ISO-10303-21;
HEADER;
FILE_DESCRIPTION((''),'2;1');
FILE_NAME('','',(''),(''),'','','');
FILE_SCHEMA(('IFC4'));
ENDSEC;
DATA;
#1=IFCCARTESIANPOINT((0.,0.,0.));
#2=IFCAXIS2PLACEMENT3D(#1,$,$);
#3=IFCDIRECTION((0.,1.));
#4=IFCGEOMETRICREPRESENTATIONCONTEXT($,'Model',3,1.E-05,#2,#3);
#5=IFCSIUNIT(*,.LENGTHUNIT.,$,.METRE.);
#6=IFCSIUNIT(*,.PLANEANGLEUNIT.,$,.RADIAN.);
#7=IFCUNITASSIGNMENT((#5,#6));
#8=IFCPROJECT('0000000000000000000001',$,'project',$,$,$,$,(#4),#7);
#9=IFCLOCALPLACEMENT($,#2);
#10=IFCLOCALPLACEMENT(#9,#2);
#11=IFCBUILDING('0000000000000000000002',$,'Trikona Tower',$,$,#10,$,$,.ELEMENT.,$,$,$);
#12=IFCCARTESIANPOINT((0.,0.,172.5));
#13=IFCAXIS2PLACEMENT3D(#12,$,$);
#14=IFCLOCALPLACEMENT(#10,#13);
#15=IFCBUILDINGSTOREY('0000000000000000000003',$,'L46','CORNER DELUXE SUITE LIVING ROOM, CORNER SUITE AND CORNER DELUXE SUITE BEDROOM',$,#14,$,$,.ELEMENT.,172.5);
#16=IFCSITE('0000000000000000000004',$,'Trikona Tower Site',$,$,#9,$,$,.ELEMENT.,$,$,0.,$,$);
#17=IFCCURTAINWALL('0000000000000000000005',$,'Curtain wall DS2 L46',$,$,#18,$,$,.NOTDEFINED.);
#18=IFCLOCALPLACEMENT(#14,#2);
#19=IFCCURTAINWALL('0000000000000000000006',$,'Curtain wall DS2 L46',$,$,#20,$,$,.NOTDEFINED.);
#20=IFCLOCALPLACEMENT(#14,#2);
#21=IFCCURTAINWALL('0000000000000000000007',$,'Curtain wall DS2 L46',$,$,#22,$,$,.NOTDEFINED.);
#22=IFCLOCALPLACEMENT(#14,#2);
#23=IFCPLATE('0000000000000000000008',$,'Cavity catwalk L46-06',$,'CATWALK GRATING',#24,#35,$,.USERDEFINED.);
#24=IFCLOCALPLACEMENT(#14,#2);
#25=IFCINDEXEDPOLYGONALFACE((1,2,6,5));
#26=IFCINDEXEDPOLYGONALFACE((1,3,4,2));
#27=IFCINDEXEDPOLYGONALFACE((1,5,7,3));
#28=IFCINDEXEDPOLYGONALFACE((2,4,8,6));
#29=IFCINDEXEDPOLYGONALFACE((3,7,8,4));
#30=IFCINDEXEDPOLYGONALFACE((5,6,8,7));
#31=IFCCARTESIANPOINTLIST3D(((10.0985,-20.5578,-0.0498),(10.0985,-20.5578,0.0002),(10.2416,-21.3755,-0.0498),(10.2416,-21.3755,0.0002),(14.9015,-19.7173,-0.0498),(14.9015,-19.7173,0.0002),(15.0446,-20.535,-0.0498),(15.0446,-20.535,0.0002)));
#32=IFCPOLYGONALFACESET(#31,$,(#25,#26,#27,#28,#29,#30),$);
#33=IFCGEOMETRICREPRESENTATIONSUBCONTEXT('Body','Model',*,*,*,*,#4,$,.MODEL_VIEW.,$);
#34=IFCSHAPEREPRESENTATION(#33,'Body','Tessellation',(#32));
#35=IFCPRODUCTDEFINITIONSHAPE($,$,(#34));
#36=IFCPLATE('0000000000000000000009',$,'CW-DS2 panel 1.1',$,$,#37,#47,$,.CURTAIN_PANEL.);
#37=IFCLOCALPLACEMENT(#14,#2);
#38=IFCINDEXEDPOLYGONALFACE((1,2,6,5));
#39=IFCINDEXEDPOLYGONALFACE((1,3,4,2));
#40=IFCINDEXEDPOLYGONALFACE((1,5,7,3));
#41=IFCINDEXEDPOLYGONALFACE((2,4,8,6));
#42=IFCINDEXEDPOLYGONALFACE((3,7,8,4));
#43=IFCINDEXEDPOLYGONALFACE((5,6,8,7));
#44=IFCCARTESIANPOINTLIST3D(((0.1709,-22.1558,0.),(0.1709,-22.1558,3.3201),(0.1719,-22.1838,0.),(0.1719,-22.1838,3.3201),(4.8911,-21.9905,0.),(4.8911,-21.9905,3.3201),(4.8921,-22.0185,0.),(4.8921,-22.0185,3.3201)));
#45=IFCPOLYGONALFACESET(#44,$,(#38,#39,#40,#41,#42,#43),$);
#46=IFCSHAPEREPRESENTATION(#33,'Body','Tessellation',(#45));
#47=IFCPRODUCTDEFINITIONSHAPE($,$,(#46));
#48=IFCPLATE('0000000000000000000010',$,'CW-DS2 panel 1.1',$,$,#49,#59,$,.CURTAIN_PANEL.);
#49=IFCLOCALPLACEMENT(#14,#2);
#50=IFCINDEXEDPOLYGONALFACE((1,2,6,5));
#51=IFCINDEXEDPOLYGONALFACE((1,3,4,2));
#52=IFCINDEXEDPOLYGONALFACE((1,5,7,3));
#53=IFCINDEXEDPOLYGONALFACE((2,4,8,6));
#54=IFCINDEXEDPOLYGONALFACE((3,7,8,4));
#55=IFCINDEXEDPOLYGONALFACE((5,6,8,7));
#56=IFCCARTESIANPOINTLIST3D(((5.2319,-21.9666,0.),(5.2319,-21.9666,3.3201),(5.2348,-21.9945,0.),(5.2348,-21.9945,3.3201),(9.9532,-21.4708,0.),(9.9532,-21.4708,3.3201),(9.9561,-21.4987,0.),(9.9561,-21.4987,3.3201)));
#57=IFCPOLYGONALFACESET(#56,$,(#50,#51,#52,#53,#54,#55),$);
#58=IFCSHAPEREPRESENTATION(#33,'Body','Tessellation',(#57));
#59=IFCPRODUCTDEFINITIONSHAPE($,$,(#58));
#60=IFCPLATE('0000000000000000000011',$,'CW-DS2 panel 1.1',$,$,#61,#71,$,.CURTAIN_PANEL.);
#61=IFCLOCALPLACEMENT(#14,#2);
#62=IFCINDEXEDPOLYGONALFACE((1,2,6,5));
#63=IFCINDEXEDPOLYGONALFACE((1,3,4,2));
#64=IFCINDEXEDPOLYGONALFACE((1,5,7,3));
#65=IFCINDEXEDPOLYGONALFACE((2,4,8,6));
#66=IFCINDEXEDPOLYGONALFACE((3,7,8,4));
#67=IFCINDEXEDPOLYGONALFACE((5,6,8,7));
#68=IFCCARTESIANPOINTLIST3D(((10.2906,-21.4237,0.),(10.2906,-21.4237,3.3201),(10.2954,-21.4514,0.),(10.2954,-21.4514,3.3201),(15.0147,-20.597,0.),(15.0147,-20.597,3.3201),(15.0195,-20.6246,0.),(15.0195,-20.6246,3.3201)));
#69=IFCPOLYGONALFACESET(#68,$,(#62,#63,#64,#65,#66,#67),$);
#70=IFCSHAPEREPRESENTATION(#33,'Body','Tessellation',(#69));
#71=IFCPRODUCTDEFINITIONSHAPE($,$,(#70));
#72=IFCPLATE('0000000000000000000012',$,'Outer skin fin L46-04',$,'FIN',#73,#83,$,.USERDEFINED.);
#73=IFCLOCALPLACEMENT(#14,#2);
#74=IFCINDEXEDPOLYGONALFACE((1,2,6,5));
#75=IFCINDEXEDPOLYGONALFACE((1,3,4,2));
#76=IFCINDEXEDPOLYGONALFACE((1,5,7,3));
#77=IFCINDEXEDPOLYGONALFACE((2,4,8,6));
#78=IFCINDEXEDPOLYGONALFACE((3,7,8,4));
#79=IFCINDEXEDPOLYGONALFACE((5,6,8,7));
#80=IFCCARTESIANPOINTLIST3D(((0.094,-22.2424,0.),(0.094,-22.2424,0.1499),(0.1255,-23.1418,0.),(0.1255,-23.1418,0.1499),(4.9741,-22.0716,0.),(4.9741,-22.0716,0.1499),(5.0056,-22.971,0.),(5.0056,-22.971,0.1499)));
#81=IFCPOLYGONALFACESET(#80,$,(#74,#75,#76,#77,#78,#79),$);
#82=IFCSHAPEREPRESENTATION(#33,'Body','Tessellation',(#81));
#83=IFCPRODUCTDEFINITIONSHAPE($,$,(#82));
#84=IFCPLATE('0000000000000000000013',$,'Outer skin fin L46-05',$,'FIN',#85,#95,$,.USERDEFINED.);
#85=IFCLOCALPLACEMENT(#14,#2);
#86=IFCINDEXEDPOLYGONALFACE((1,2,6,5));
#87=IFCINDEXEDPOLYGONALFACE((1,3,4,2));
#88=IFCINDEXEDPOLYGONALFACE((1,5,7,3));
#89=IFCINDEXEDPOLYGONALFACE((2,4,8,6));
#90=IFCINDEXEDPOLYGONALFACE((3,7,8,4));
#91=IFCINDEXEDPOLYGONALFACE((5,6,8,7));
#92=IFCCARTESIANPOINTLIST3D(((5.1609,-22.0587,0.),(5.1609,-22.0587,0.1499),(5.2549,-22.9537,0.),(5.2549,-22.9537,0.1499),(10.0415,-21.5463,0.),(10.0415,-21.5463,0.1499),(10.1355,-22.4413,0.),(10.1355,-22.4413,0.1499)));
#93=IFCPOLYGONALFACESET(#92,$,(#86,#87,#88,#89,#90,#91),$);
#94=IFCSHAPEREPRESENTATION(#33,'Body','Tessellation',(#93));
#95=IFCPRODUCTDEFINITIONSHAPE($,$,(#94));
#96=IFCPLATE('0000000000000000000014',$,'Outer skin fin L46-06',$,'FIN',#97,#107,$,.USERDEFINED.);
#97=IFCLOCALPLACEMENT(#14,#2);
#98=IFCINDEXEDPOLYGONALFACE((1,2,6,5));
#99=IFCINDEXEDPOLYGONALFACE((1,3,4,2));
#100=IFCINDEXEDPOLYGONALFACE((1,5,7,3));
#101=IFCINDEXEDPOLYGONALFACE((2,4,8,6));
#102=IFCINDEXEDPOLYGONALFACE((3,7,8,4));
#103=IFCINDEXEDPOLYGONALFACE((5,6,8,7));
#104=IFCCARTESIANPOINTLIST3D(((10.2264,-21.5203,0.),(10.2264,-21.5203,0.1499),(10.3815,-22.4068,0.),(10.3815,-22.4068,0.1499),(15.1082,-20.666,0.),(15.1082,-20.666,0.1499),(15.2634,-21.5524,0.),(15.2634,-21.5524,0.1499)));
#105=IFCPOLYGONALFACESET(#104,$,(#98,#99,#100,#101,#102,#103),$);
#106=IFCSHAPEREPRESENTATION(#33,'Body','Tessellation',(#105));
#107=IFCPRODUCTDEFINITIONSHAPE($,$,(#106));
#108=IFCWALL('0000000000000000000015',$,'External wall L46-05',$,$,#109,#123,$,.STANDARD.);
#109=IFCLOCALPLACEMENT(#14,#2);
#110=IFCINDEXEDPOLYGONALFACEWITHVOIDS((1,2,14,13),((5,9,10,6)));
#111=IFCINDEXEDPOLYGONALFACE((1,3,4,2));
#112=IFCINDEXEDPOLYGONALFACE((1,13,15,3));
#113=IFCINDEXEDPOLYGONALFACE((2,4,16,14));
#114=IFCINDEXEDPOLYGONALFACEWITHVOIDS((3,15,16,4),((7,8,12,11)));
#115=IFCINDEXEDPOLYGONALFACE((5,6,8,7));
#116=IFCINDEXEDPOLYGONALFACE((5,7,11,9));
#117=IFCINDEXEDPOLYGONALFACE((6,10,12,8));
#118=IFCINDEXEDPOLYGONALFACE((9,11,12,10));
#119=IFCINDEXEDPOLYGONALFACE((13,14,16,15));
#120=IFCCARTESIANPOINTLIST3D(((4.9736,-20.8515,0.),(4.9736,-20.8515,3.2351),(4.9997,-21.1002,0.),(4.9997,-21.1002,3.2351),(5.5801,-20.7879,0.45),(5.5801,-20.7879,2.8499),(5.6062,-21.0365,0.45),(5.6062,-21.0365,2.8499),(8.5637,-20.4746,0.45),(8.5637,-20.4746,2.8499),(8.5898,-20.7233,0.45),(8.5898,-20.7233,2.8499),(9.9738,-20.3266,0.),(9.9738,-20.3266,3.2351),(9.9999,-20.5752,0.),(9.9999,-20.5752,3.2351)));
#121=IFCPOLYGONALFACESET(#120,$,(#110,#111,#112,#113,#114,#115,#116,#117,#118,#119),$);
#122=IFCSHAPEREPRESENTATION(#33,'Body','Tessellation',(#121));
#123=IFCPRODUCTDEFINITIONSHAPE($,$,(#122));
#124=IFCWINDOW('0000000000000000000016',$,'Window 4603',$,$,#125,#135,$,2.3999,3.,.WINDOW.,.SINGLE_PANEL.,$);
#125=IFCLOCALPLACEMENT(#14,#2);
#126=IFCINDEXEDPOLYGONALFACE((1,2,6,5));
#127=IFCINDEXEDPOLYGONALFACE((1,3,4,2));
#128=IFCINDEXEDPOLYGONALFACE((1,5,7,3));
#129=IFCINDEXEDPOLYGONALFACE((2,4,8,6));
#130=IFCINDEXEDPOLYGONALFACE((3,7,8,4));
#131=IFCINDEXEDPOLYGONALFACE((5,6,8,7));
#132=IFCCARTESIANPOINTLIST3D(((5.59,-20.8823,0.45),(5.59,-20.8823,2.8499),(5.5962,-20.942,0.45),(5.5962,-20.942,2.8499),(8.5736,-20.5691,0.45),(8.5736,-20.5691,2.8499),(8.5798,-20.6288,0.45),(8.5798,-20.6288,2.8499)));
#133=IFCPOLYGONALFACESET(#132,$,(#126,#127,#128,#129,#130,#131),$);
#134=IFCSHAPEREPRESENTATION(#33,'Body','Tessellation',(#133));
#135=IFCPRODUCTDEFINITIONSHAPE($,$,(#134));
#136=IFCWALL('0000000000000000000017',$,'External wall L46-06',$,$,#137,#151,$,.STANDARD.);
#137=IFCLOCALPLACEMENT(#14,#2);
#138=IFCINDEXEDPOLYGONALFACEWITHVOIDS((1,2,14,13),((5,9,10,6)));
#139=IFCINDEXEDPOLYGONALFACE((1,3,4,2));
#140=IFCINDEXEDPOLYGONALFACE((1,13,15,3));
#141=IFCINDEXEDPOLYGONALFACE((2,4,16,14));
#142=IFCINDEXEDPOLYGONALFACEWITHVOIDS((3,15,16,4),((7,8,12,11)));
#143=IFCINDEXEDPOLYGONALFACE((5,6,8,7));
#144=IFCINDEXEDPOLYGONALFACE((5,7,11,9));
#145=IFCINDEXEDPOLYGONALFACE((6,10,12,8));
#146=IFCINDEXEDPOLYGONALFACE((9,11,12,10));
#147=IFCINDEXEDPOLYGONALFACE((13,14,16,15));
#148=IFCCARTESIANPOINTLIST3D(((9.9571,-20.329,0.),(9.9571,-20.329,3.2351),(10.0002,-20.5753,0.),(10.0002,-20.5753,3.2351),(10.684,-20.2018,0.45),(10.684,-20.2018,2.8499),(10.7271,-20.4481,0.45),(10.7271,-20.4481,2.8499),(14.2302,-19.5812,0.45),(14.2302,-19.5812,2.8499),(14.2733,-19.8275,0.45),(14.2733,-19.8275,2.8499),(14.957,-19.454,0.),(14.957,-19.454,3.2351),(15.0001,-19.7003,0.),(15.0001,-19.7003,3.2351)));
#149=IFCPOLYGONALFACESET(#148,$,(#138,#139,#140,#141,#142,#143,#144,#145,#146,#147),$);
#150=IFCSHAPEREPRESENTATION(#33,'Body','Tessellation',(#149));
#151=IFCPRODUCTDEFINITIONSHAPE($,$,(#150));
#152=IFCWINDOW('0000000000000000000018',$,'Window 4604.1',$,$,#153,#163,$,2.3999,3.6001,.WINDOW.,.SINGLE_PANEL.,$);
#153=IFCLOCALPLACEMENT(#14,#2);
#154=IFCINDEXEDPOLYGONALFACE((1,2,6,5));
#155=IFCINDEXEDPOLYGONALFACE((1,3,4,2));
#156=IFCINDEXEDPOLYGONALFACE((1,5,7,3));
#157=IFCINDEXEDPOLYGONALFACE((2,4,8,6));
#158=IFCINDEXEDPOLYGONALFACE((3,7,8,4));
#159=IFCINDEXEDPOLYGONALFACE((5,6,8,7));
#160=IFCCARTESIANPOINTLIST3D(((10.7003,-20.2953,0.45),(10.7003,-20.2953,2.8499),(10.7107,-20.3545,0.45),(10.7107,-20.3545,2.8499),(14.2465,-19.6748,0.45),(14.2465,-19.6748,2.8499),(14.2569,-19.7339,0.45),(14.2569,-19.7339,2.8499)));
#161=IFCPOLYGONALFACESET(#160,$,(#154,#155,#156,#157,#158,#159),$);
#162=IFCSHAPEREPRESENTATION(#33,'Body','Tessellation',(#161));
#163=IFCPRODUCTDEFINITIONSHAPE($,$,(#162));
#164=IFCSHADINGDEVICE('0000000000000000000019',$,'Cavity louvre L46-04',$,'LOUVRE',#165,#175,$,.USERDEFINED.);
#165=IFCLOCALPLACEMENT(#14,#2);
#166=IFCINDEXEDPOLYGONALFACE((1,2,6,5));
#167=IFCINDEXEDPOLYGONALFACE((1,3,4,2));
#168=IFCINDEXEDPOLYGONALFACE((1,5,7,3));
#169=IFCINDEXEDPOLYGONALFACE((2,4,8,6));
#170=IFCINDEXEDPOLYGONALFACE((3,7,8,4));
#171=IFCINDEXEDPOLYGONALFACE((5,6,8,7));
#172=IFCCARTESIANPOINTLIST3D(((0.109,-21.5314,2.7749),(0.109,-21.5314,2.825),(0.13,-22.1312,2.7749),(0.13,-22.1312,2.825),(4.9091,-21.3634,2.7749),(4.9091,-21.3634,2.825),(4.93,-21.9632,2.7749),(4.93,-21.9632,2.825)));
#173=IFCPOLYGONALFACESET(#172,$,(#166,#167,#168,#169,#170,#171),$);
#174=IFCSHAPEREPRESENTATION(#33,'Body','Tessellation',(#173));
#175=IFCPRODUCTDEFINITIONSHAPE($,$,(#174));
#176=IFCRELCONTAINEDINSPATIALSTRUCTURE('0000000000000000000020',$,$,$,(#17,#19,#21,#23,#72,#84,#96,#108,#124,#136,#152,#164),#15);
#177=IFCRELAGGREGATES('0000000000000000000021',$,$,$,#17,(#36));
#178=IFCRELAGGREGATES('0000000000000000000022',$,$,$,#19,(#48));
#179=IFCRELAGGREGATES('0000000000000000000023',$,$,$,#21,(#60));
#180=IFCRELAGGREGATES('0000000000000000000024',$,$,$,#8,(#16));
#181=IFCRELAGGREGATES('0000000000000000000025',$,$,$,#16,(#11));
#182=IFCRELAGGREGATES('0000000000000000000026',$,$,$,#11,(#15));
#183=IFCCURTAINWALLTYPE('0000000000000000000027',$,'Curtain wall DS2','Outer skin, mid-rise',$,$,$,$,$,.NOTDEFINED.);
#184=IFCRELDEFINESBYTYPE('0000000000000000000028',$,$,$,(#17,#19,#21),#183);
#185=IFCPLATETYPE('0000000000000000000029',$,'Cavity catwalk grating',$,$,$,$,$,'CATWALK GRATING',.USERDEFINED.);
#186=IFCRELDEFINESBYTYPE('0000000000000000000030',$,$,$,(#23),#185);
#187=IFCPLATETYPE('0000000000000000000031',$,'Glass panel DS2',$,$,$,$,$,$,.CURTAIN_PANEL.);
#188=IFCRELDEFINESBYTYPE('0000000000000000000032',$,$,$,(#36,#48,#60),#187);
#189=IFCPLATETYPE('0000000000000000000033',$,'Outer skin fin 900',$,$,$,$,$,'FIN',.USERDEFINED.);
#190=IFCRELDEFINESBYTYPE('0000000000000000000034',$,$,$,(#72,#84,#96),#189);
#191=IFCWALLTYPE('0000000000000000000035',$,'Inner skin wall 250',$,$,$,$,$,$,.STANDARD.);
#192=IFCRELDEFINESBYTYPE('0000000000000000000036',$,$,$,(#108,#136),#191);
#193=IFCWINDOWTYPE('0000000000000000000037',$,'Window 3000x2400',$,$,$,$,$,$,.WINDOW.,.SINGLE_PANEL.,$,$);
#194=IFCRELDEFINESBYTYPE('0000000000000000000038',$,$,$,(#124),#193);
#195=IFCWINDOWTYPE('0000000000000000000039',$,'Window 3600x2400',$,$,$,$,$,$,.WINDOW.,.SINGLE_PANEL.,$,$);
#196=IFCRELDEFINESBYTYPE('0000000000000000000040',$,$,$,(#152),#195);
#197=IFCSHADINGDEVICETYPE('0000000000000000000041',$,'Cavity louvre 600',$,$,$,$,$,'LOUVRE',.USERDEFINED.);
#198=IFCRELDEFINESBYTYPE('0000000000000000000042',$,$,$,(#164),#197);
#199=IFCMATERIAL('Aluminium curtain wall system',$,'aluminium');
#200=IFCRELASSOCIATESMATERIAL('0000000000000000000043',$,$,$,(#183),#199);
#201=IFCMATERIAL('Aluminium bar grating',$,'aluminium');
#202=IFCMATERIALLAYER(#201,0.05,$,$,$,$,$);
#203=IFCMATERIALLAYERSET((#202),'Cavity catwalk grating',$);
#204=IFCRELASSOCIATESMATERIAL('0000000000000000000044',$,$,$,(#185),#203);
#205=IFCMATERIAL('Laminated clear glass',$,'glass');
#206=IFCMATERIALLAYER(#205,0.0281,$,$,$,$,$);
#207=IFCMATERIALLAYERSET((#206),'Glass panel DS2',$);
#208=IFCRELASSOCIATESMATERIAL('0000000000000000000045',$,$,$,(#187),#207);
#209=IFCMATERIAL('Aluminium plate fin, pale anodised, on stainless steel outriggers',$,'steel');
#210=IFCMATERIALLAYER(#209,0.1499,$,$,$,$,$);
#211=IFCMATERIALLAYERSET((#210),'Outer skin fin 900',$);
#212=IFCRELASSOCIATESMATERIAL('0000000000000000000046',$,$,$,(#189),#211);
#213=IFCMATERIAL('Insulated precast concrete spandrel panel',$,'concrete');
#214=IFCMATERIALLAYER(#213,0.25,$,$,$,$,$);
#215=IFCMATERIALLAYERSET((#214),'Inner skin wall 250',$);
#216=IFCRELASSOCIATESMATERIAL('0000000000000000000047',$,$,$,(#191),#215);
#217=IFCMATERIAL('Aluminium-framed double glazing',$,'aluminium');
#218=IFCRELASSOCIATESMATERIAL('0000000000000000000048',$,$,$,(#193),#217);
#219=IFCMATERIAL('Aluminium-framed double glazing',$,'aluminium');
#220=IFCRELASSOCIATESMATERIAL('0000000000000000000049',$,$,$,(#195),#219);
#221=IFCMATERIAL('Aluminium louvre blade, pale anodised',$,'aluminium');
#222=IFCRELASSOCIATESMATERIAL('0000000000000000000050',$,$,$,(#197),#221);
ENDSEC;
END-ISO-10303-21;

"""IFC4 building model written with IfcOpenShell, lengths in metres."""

from ifc_helpers import new_model, si_unit, direction, frame, frame_2d, origin, origin_2d, place, context, subcontext, project, spatial, rectangle, extrude, material, layer, layer_set, type_object, element, fill, aggregate, save


model = new_model("IFC4")

# Units and contexts
model_context = context("Model", 3, precision=1e-05, world=origin(), true_north=direction((0.0, 1.0)))
body_context = subcontext(model_context, "Body", "Model", "MODEL_VIEW")
ifc_project = project(units=[si_unit("LENGTHUNIT", "METRE"), si_unit("PLANEANGLEUNIT", "RADIAN")], contexts=[model_context])

# Site, building, storey
site_placement = place(None, origin())
site = spatial("IfcSite", under=ifc_project, at=site_placement, Name="Trikona Tower Site", CompositionType="ELEMENT", RefElevation=0.0)
building_placement = place(site_placement, origin())
building = spatial("IfcBuilding", under=site, at=building_placement, Name="Trikona Tower", CompositionType="ELEMENT")
storey_placement = place(building_placement, frame((0.0, 0.0, 172.5)))
storey = spatial("IfcBuildingStorey", under=building, at=storey_placement, Name="L46", Description="CORNER DELUXE SUITE LIVING ROOM, CORNER SUITE AND CORNER DELUXE SUITE BEDROOM", CompositionType="ELEMENT", Elevation=172.5)

# Curtain walls
ifc_material_1 = material(Name="Aluminium curtain wall system", Category="aluminium")
curtain_wall_type = type_object("IfcCurtainWallType", Name="Curtain wall DS2", Description="Outer skin, mid-rise", PredefinedType="NOTDEFINED", material=ifc_material_1)
curtain_wall_1_placement = place(storey_placement, origin())
curtain_wall_1 = element("IfcCurtainWall", 1, at=curtain_wall_1_placement, inside=storey, type_object=curtain_wall_type, Name="Curtain wall DS2 L46", PredefinedType="NOTDEFINED")
curtain_wall_2_placement = place(storey_placement, origin())
curtain_wall_2 = element("IfcCurtainWall", 2, at=curtain_wall_2_placement, inside=storey, type_object=curtain_wall_type, Name="Curtain wall DS2 L46", PredefinedType="NOTDEFINED")

# Curtain wall
curtain_wall_3_placement = place(storey_placement, origin())
curtain_wall_3 = element("IfcCurtainWall", 3, at=curtain_wall_3_placement, inside=storey, type_object=curtain_wall_type, Name="Curtain wall DS2 L46", PredefinedType="NOTDEFINED")

# Plate
ifc_material_2 = material(Name="Aluminium bar grating", Category="aluminium")
ifc_layer_1 = layer(ifc_material_2, 0.05)
ifc_layer_set_1 = layer_set([ifc_layer_1], Name="Cavity catwalk grating")
plate_type_1 = type_object("IfcPlateType", Name="Cavity catwalk grating", ElementType="CATWALK GRATING", PredefinedType="USERDEFINED", material=ifc_layer_set_1)
plate_1_placement = place(storey_placement, frame((12.5715, -20.5464, -0.0498), z_axis=(0.0, 0.0, 1.0), x_axis=(0.985031, 0.17238, 0.0)))
element("IfcPlate", 4, at=plate_1_placement, inside=storey, type_object=plate_type_1, Name="Cavity catwalk L46-06", ObjectType="CATWALK GRATING", PredefinedType="USERDEFINED", context=body_context, shape_type="SweptSolid", body=[
    extrude(rectangle(XDim=4.876, YDim=0.8301, at=origin_2d()), origin(), (0.0, 0.0, 1.0), 0.05),
])

# Plates
ifc_material_3 = material(Name="Laminated clear glass", Category="glass")
ifc_layer_2 = layer(ifc_material_3, 0.0281)
ifc_layer_set_2 = layer_set([ifc_layer_2], Name="Glass panel DS2")
plate_type_2 = type_object("IfcPlateType", Name="Glass panel DS2", PredefinedType="CURTAIN_PANEL", material=ifc_layer_set_2)
plate_2_placement = place(storey_placement, frame((2.5315, -22.0872, 0.0), z_axis=(0.0, 0.0, 1.0), x_axis=(0.999387, 0.034998, 0.0)))
plate_2 = element("IfcPlate", 5, at=plate_2_placement, type_object=plate_type_2, Name="CW-DS2 panel 1.1", PredefinedType="CURTAIN_PANEL", context=body_context, shape_type="SweptSolid", body=[
    extrude(rectangle(XDim=4.7231, YDim=0.0281, at=origin_2d()), origin(), (0.0, 0.0, 1.0), 3.3201),
])
aggregate(curtain_wall_1, [plate_2])
plate_3_placement = place(storey_placement, frame((7.594, -21.7327, 0.0), z_axis=(0.0, 0.0, 1.0), x_axis=(0.994532, 0.104433, 0.0)))
plate_3 = element("IfcPlate", 6, at=plate_3_placement, type_object=plate_type_2, Name="CW-DS2 panel 1.1", PredefinedType="CURTAIN_PANEL", context=body_context, shape_type="SweptSolid", body=[
    extrude(rectangle(XDim=4.7473, YDim=0.0281, at=origin_2d()), origin(), (0.0, 0.0, 1.0), 3.3201),
])
aggregate(curtain_wall_2, [plate_3])
plate_4_placement = place(storey_placement, frame((12.655, -21.0242, 0.0), z_axis=(0.0, 0.0, 1.0), x_axis=(0.985031, 0.172377, 0.0)))
plate_4 = element("IfcPlate", 7, at=plate_4_placement, type_object=plate_type_2, Name="CW-DS2 panel 1.1", PredefinedType="CURTAIN_PANEL", context=body_context, shape_type="SweptSolid", body=[
    extrude(rectangle(XDim=4.7959, YDim=0.0281, at=origin_2d()), origin(), (0.0, 0.0, 1.0), 3.3201),
])
aggregate(curtain_wall_3, [plate_4])

# Plates
ifc_material_4 = material(Name="Aluminium plate fin, pale anodised, on stainless steel outriggers", Category="steel")
ifc_layer_3 = layer(ifc_material_4, 0.1499)
ifc_layer_set_3 = layer_set([ifc_layer_3], Name="Outer skin fin 900")
plate_type_3 = type_object("IfcPlateType", Name="Outer skin fin 900", ElementType="FIN", PredefinedType="USERDEFINED", material=ifc_layer_set_3)
plate_5_placement = place(storey_placement, frame((2.5498, -22.6067, 0.0), z_axis=(0.0, 0.0, 1.0), x_axis=(0.999388, 0.034978, 0.0)))
element("IfcPlate", 8, at=plate_5_placement, inside=storey, type_object=plate_type_3, Name="Outer skin fin L46-04", ObjectType="FIN", PredefinedType="USERDEFINED", context=body_context, shape_type="SweptSolid", body=[
    extrude(rectangle(XDim=4.8831, YDim=0.8999, at=origin_2d()), origin(), (0.0, 0.0, 1.0), 0.1499),
])
plate_6_placement = place(storey_placement, frame((7.6482, -22.25, 0.0), z_axis=(0.0, 0.0, 1.0), x_axis=(0.994533, 0.104426, 0.0)))
element("IfcPlate", 9, at=plate_6_placement, inside=storey, type_object=plate_type_3, Name="Outer skin fin L46-05", ObjectType="FIN", PredefinedType="USERDEFINED", context=body_context, shape_type="SweptSolid", body=[
    extrude(rectangle(XDim=4.9075, YDim=0.8999, at=origin_2d()), origin(), (0.0, 0.0, 1.0), 0.1499),
])
plate_7_placement = place(storey_placement, frame((12.7449, -21.5364, 0.0), z_axis=(0.0, 0.0, 1.0), x_axis=(0.985031, 0.17238, 0.0)))
element("IfcPlate", 10, at=plate_7_placement, inside=storey, type_object=plate_type_3, Name="Outer skin fin L46-06", ObjectType="FIN", PredefinedType="USERDEFINED", context=body_context, shape_type="SweptSolid", body=[
    extrude(rectangle(XDim=4.9561, YDim=0.8999, at=origin_2d()), origin(), (0.0, 0.0, 1.0), 0.1499),
])

# Walls, openings, windows
ifc_material_5 = material(Name="Insulated precast concrete spandrel panel", Category="concrete")
ifc_layer_4 = layer(ifc_material_5, 0.25)
ifc_layer_set_4 = layer_set([ifc_layer_4], Name="Inner skin wall 250")
wall_type = type_object("IfcWallType", Name="Inner skin wall 250", PredefinedType="STANDARD", material=ifc_layer_set_4)
wall_1_placement = place(storey_placement, frame((4.9868, -20.9758, 0.0), z_axis=(0.0, 0.0, 1.0), x_axis=(0.994535, 0.104407, 0.0)))
wall_1 = element("IfcWall", 11, at=wall_1_placement, inside=storey, type_object=wall_type, Name="External wall L46-05", PredefinedType="STANDARD", context=body_context, shape_type="SweptSolid", body=[
    extrude(rectangle(XDim=5.0276, YDim=0.25, at=frame_2d((2.5137, 0.0))), origin(), (0.0, 0.0, 1.0), 3.2351),
])
opening_1_placement = place(wall_1_placement, frame((0.6096, 0.0, 0.45)))
opening_1 = element("IfcOpeningElement", 12, at=opening_1_placement, cuts=wall_1, PredefinedType="OPENING", context=body_context, shape_type="SweptSolid", body=[
    extrude(rectangle(XDim=3.0, YDim=2.3999, at=frame_2d((1.5, 1.2))), frame((0.0, 0.135, 0.0), z_axis=(0.0, -1.0, 0.0), x_axis=(1.0, 0.0, 0.0)), (0.0, 0.0, 1.0), 0.27),
])
ifc_material_6 = material(Name="Aluminium-framed double glazing", Category="aluminium")
window_type_1 = type_object("IfcWindowType", Name="Window 3000x2400", PartitioningType="SINGLE_PANEL", PredefinedType="WINDOW", material=ifc_material_6)
window_1_placement = place(opening_1_placement, origin())
window_1 = element("IfcWindow", 13, at=window_1_placement, inside=storey, type_object=window_type_1, Name="Window 4603", OverallHeight=2.3999, OverallWidth=3.0, PartitioningType="SINGLE_PANEL", PredefinedType="WINDOW", context=body_context, shape_type="SweptSolid", body=[
    extrude(rectangle(XDim=3.0, YDim=2.3999, at=frame_2d((1.5, 1.2))), frame((0.0, 0.03, 0.0), z_axis=(0.0, -1.0, 0.0), x_axis=(1.0, 0.0, 0.0)), (0.0, 0.0, 1.0), 0.0601),
])
fill(opening_1, window_1)
wall_2_placement = place(storey_placement, frame((9.9785, -20.4521, 0.0), z_axis=(0.0, 0.0, 1.0), x_axis=(0.98503, 0.17238, 0.0)))
wall_2 = element("IfcWall", 14, at=wall_2_placement, inside=storey, type_object=wall_type, Name="External wall L46-06", PredefinedType="STANDARD", context=body_context, shape_type="SweptSolid", body=[
    extrude(rectangle(XDim=5.0759, YDim=0.25, at=frame_2d((2.5381, 0.0))), origin(), (0.0, 0.0, 1.0), 3.2351),
])
opening_2_placement = place(wall_2_placement, frame((0.738, 0.0, 0.45)))
opening_2 = element("IfcOpeningElement", 15, at=opening_2_placement, cuts=wall_2, PredefinedType="OPENING", context=body_context, shape_type="SweptSolid", body=[
    extrude(rectangle(XDim=3.6001, YDim=2.3999, at=frame_2d((1.8, 1.2))), frame((0.0, 0.135, 0.0), z_axis=(0.0, -1.0, 0.0), x_axis=(1.0, 0.0, 0.0)), (0.0, 0.0, 1.0), 0.27),
])
ifc_material_7 = material(Name="Aluminium-framed double glazing", Category="aluminium")
window_type_2 = type_object("IfcWindowType", Name="Window 3600x2400", PartitioningType="SINGLE_PANEL", PredefinedType="WINDOW", material=ifc_material_7)
window_2_placement = place(opening_2_placement, origin())
window_2 = element("IfcWindow", 16, at=window_2_placement, inside=storey, type_object=window_type_2, Name="Window 4604.1", OverallHeight=2.3999, OverallWidth=3.6001, PartitioningType="SINGLE_PANEL", PredefinedType="WINDOW", context=body_context, shape_type="SweptSolid", body=[
    extrude(rectangle(XDim=3.6001, YDim=2.3999, at=frame_2d((1.8, 1.2))), frame((0.0, 0.03, 0.0), z_axis=(0.0, -1.0, 0.0), x_axis=(1.0, 0.0, 0.0)), (0.0, 0.0, 1.0), 0.0601),
])
fill(opening_2, window_2)

# Shading device
ifc_material_8 = material(Name="Aluminium louvre blade, pale anodised", Category="aluminium")
shading_device_type = type_object("IfcShadingDeviceType", Name="Cavity louvre 600", ElementType="LOUVRE", PredefinedType="USERDEFINED", material=ifc_material_8)
shading_device_1_placement = place(storey_placement, frame((2.5195, -21.7473, 2.7749), z_axis=(0.0, 0.0, 1.0), x_axis=(0.999388, 0.034978, 0.0)))
element("IfcShadingDevice", 17, at=shading_device_1_placement, inside=storey, type_object=shading_device_type, Name="Cavity louvre L46-04", ObjectType="LOUVRE", PredefinedType="USERDEFINED", context=body_context, shape_type="SweptSolid", body=[
    extrude(rectangle(XDim=4.803, YDim=0.6001, at=origin_2d()), origin(), (0.0, 0.0, 1.0), 0.05),
])

save(model, "model.ifc")
